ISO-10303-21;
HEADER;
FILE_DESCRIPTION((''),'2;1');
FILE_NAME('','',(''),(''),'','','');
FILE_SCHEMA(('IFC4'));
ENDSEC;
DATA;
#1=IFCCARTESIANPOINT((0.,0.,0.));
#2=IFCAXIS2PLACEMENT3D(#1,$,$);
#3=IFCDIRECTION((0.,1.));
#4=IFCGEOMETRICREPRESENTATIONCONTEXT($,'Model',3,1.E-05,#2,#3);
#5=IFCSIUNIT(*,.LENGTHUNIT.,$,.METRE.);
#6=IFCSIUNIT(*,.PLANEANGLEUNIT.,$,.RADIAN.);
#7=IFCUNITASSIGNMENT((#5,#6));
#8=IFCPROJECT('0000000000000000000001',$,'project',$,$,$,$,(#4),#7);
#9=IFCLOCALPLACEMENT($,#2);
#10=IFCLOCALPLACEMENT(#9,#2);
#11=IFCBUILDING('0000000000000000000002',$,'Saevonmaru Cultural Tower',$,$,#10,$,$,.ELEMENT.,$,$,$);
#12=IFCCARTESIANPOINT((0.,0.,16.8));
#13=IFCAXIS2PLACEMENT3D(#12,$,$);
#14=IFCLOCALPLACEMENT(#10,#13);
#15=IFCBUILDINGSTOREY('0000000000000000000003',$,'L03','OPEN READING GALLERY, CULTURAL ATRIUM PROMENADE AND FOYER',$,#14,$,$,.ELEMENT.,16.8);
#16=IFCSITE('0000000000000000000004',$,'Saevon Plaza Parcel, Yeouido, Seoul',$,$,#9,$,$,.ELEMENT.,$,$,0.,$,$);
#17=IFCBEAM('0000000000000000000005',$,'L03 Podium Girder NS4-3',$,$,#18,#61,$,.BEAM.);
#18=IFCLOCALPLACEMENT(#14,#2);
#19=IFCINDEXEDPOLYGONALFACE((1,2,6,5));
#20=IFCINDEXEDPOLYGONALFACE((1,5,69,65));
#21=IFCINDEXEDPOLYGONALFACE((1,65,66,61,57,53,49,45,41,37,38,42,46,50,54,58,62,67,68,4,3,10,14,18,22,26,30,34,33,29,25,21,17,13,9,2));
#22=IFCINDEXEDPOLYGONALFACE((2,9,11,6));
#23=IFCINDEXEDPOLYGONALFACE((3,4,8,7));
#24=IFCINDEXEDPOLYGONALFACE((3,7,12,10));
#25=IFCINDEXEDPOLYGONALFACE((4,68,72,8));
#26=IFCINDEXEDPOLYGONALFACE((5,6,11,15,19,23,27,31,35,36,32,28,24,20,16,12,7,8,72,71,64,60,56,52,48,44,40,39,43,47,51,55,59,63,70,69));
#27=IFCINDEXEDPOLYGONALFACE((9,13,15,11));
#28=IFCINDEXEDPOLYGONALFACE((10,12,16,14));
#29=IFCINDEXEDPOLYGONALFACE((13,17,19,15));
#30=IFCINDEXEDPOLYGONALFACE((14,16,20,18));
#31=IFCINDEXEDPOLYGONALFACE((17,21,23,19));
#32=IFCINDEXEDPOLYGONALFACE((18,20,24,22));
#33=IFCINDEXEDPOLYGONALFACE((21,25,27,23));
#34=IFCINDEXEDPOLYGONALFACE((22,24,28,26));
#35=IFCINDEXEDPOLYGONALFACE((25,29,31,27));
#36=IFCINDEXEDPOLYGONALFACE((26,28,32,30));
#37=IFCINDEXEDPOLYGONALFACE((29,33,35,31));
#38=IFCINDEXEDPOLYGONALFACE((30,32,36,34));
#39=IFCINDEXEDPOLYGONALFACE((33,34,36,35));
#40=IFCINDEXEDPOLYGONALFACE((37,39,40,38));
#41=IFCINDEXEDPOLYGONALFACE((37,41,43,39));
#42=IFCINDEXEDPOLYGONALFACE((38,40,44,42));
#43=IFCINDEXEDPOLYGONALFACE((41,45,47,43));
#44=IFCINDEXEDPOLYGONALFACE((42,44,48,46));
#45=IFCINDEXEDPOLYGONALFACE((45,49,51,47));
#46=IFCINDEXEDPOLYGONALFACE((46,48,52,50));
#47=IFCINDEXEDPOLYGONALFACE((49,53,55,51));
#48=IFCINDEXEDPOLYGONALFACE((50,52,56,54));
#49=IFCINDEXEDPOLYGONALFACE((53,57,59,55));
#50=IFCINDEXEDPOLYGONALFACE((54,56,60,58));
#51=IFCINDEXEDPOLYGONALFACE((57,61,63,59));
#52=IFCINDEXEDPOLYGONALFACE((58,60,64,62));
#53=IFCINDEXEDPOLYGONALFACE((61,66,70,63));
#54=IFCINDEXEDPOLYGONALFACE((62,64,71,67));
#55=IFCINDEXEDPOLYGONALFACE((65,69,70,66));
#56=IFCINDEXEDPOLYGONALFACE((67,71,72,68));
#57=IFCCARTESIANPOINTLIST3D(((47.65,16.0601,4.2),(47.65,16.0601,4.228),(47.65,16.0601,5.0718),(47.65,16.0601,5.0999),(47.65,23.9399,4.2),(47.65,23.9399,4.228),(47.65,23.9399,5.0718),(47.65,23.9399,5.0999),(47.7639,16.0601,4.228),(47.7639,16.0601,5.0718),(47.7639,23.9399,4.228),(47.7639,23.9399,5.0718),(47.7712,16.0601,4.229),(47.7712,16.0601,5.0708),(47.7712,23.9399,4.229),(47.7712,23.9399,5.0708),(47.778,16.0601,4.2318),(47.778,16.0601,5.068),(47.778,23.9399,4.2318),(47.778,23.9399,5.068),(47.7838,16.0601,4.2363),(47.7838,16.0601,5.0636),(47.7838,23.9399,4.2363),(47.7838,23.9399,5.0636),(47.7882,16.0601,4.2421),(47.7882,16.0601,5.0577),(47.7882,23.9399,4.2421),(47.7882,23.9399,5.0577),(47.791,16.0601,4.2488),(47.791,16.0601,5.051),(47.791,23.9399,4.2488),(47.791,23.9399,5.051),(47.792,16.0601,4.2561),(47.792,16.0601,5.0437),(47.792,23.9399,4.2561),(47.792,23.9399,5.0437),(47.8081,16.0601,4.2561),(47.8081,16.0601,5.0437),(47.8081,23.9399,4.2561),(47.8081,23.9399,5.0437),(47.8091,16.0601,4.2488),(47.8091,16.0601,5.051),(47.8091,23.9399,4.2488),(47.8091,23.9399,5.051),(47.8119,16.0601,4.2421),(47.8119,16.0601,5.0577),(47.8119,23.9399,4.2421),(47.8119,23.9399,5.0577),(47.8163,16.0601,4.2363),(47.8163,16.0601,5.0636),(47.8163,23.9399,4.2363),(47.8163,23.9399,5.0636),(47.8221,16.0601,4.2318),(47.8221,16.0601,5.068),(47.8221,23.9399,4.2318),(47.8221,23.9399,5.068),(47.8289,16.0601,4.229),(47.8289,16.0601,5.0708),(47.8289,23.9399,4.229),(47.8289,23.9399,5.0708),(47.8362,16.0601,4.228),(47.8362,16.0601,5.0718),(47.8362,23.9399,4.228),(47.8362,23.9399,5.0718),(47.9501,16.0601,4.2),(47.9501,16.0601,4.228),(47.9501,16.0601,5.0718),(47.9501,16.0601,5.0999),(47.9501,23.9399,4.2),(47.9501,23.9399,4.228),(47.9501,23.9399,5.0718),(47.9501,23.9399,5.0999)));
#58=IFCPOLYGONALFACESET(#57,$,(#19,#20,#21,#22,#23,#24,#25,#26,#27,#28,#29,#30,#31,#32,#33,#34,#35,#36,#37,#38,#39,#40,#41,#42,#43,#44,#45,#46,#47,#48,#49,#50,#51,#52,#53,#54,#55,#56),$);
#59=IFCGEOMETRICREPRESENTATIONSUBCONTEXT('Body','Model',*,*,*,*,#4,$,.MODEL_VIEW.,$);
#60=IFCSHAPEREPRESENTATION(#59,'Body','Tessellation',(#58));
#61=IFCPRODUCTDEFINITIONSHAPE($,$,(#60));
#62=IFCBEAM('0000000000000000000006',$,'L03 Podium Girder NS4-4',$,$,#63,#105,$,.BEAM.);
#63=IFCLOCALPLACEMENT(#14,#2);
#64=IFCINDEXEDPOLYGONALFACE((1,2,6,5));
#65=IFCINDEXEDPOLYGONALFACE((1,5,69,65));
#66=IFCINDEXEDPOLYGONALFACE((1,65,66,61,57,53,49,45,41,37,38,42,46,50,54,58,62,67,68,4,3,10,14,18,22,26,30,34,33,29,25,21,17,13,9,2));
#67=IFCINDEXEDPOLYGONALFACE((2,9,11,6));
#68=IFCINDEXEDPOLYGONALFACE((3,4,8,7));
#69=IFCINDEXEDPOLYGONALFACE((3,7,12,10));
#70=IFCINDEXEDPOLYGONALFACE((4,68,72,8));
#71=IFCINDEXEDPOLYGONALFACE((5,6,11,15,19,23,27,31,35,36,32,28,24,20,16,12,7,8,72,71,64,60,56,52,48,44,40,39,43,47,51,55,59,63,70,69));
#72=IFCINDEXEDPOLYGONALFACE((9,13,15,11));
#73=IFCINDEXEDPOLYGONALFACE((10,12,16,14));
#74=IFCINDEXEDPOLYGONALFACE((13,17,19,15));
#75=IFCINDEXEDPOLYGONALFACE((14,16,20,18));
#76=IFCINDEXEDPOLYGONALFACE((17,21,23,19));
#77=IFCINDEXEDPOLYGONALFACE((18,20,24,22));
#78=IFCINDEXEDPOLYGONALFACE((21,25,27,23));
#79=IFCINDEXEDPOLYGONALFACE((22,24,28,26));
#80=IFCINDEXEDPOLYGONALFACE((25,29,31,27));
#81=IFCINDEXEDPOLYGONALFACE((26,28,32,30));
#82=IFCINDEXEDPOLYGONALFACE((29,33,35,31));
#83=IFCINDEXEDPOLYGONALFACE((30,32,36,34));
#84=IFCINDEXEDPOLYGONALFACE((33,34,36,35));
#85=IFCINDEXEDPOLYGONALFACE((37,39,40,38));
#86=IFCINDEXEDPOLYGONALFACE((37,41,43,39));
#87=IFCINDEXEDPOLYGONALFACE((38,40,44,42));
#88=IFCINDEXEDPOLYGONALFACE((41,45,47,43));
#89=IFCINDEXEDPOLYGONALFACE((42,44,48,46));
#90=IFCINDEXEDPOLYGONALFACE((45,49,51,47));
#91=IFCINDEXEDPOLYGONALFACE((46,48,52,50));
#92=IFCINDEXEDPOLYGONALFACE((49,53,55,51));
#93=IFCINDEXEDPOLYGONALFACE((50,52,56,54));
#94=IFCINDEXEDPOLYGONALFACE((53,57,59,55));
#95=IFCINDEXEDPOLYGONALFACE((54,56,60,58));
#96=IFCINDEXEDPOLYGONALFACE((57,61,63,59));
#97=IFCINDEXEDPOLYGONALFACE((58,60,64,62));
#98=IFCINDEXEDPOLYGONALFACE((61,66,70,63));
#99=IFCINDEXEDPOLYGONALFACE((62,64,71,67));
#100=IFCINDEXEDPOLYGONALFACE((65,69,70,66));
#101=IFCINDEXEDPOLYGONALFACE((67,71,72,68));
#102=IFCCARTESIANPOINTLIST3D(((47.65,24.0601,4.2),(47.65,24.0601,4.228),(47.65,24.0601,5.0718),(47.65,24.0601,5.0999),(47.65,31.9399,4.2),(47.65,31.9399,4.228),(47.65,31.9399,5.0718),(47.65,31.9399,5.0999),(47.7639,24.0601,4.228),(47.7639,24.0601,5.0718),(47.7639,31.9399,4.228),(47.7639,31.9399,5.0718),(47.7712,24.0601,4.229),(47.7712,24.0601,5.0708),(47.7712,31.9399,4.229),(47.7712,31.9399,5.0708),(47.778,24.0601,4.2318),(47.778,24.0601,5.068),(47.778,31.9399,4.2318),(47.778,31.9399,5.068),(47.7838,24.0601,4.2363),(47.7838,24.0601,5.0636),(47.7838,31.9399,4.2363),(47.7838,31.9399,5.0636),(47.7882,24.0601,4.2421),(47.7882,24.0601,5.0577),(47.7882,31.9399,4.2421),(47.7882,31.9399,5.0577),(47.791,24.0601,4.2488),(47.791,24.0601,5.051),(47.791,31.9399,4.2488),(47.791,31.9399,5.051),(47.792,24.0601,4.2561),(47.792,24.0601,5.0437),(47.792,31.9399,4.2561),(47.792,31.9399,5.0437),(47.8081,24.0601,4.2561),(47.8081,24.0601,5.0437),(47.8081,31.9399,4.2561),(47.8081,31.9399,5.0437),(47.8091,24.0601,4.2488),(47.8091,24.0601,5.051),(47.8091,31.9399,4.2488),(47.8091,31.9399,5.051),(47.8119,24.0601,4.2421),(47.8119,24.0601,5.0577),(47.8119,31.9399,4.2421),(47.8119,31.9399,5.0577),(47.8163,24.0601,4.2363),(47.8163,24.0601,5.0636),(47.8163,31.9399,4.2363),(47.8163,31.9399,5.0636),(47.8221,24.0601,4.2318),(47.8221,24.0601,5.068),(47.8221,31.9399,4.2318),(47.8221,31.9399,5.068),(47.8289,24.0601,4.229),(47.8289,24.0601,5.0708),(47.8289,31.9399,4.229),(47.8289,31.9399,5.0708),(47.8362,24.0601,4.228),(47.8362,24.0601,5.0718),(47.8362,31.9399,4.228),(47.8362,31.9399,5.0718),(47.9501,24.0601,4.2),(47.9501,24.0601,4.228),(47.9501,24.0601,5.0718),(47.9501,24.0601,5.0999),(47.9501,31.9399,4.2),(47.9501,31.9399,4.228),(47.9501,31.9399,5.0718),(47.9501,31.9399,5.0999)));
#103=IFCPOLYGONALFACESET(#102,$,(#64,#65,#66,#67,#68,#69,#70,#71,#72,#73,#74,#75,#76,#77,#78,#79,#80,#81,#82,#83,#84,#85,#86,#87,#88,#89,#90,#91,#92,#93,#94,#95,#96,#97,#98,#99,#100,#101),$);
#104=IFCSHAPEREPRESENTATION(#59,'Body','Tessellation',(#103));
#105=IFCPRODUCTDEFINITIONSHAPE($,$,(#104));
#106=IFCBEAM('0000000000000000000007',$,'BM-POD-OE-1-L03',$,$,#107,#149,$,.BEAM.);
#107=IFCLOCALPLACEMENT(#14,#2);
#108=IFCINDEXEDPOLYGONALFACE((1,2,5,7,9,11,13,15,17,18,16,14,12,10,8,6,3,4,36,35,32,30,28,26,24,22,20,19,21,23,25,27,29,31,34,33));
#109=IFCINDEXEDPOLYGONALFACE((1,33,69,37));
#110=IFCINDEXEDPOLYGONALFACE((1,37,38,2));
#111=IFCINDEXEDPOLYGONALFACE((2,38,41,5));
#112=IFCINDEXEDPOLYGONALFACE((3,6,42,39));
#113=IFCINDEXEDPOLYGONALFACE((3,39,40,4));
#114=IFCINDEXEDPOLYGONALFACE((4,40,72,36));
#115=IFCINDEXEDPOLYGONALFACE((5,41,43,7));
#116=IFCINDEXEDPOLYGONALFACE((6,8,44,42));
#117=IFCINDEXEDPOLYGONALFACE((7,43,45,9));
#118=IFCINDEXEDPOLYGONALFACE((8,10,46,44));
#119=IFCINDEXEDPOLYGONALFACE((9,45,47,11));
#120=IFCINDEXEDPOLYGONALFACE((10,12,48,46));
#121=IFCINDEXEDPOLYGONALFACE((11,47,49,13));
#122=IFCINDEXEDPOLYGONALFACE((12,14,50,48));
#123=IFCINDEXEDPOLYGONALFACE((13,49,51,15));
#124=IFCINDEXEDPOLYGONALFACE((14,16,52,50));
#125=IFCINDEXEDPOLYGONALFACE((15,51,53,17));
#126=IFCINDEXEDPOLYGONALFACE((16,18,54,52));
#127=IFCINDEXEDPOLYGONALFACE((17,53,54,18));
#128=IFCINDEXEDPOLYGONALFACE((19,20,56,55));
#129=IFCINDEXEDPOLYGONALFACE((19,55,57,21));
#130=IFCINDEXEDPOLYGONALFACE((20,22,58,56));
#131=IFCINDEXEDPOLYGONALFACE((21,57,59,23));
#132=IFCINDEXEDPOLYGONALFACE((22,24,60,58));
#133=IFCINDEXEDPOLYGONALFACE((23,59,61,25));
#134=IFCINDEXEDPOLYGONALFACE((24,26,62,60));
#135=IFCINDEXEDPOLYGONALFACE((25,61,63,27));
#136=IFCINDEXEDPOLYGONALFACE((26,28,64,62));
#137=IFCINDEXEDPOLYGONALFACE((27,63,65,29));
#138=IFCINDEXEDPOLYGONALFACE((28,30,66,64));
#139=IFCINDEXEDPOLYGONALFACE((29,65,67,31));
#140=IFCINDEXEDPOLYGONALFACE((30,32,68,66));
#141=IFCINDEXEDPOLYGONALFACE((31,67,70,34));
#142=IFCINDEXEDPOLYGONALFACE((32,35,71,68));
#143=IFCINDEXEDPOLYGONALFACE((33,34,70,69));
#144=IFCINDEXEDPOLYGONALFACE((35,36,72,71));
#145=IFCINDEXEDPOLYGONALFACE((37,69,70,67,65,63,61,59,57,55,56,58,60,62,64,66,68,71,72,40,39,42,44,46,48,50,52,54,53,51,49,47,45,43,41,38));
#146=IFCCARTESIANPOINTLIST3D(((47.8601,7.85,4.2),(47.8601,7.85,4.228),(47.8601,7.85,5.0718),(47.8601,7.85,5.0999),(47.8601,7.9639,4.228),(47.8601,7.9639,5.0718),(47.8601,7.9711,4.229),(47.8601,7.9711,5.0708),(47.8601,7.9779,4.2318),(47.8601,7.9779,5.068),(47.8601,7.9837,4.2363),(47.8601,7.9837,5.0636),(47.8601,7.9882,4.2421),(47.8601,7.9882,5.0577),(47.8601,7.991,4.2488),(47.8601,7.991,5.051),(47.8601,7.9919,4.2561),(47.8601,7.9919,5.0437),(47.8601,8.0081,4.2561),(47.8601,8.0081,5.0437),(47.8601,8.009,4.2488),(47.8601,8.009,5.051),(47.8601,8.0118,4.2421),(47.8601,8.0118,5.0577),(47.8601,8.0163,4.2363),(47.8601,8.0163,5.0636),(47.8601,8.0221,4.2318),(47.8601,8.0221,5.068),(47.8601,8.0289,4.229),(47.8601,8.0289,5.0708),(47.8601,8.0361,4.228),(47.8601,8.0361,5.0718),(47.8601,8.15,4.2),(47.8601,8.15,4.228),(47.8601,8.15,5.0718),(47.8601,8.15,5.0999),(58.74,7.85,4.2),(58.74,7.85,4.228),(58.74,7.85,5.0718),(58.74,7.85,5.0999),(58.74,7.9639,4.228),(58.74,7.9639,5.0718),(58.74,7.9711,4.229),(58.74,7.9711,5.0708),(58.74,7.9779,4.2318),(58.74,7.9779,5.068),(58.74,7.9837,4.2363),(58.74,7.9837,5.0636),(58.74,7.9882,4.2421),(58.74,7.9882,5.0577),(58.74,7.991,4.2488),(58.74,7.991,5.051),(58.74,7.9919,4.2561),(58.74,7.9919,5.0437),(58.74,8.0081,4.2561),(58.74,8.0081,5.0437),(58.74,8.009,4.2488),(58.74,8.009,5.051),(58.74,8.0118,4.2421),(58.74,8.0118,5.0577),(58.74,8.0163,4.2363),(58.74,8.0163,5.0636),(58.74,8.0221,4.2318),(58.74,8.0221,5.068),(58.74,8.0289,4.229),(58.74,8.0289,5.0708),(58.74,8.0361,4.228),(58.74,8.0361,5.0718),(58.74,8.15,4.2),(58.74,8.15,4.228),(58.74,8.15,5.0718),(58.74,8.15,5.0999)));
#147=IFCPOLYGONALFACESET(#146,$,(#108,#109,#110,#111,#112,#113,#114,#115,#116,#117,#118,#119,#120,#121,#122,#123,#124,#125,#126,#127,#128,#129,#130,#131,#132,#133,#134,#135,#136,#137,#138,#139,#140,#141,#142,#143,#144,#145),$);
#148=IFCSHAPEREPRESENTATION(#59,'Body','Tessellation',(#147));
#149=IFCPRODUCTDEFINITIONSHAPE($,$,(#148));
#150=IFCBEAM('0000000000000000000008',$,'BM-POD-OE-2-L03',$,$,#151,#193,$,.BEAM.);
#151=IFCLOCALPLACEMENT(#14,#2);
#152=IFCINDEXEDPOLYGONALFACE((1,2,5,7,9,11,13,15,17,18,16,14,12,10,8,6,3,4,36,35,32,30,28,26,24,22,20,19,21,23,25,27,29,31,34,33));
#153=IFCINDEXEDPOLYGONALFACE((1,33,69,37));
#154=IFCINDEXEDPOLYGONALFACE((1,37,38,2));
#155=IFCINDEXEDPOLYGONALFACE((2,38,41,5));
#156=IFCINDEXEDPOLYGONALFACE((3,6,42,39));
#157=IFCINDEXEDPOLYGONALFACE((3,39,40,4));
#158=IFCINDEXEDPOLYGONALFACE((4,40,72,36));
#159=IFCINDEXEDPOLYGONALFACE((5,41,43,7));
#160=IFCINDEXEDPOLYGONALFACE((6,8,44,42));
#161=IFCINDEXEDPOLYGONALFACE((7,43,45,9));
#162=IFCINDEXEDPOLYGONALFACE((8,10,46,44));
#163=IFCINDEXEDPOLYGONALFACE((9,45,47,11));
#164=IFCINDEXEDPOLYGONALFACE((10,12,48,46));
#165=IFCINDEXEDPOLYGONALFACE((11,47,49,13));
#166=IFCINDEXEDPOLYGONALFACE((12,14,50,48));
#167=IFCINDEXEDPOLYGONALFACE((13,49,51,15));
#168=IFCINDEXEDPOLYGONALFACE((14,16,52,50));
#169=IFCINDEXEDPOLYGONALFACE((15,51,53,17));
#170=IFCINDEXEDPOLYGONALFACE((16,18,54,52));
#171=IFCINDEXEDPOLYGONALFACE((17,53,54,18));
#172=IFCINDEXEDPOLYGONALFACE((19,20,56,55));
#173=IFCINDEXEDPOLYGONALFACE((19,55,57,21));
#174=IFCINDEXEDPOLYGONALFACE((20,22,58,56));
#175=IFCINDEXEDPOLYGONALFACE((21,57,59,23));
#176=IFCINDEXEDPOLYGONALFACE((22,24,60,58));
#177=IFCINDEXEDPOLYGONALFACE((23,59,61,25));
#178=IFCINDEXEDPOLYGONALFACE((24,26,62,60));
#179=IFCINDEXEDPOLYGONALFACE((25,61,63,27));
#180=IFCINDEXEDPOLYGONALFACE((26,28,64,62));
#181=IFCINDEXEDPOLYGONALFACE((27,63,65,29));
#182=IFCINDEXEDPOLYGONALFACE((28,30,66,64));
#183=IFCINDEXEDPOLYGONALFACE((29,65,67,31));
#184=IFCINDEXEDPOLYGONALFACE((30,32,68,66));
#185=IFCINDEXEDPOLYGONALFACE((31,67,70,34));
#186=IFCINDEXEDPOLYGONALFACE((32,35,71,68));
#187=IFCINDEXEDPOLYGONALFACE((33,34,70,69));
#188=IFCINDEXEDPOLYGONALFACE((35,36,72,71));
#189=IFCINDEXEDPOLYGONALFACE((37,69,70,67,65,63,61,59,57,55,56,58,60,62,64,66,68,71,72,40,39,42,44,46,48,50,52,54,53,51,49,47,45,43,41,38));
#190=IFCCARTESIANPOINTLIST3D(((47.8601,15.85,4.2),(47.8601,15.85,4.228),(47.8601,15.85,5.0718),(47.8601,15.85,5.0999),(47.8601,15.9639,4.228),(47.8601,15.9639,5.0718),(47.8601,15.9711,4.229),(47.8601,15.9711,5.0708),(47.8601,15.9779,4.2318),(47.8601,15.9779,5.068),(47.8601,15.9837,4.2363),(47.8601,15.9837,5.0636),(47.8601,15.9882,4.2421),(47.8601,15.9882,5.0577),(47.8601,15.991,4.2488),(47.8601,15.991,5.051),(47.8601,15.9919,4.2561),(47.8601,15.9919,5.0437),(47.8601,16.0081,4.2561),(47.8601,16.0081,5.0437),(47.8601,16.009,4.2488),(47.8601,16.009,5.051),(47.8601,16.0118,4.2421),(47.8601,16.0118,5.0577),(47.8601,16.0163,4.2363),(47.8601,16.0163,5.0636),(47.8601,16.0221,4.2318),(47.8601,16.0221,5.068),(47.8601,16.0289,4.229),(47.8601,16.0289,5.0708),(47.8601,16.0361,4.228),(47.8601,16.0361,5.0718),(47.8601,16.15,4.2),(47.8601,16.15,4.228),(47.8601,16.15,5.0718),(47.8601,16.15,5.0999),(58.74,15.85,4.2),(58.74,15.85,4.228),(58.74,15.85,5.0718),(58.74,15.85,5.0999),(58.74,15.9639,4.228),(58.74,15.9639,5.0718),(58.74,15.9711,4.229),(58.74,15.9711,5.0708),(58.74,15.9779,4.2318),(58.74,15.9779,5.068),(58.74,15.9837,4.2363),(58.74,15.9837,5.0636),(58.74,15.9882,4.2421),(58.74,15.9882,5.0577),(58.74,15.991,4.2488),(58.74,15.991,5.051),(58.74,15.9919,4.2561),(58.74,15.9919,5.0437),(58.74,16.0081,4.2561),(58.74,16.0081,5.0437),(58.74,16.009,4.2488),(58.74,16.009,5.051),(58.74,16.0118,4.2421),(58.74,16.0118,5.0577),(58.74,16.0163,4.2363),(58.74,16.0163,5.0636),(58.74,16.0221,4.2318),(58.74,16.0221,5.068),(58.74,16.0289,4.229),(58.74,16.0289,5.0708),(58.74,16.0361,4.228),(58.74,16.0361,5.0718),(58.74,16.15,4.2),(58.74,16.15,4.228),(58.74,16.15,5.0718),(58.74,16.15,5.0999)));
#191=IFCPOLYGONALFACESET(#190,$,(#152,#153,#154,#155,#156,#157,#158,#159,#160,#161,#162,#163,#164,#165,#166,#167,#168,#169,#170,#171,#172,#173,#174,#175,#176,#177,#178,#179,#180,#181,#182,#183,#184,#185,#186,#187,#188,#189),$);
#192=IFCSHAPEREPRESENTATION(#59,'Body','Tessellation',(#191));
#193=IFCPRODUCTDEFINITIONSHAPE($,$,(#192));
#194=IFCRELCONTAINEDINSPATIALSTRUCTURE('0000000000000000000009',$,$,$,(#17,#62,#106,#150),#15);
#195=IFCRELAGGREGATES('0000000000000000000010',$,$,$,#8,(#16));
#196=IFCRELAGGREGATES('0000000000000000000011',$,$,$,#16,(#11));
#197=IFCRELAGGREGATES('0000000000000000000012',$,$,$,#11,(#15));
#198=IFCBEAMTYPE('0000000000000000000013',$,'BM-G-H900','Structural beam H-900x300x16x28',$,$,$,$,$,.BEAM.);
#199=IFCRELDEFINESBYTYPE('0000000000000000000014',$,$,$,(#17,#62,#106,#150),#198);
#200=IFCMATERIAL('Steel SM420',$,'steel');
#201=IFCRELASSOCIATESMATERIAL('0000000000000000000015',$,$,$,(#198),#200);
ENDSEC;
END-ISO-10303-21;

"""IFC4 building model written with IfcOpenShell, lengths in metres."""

from ifc_helpers import new_model, si_unit, direction, frame, origin, origin_2d, place, context, subcontext, project, spatial, i_section, extrude, material, material_profile, profile_set, type_object, element, save


model = new_model("IFC4")

# Units and contexts
model_context = context("Model", 3, precision=1e-05, world=origin(), true_north=direction((0.0, 1.0)))
body_context = subcontext(model_context, "Body", "Model", "MODEL_VIEW")
ifc_project = project(units=[si_unit("LENGTHUNIT", "METRE"), si_unit("PLANEANGLEUNIT", "RADIAN")], contexts=[model_context])

# Site, building, storey
site_placement = place(None, origin())
site = spatial("IfcSite", under=ifc_project, at=site_placement, Name="Saevon Plaza Parcel, Yeouido, Seoul", CompositionType="ELEMENT", RefElevation=0.0)
building_placement = place(site_placement, origin())
building = spatial("IfcBuilding", under=site, at=building_placement, Name="Saevonmaru Cultural Tower", CompositionType="ELEMENT")
storey_placement = place(building_placement, frame((0.0, 0.0, 16.8)))
storey = spatial("IfcBuildingStorey", under=building, at=storey_placement, Name="L03", Description="OPEN READING GALLERY, CULTURAL ATRIUM PROMENADE AND FOYER", CompositionType="ELEMENT", Elevation=16.8)

# Beams
ifc_material_1 = material(Name="Steel SM420", Category="steel")
ifc_material_profile_1 = material_profile(ifc_material_1, i_section(OverallWidth=0.3, OverallDepth=0.8999, WebThickness=0.0161, FlangeThickness=0.0281, FilletRadius=0.0281, at=origin_2d()), Name="H-900x300x16x28")
ifc_profile_set_1 = profile_set([ifc_material_profile_1], Name="Steel SM420")
beam_type_1 = type_object("IfcBeamType", Name="BM-G-H900", Description="Structural beam H-900x300x16x28", PredefinedType="BEAM", material=ifc_profile_set_1)
for number, where, z_axis, x_axis, name in (
    (1, (47.8, 16.0601, 4.6499), (0.0, 1.0, 0.0), (-1.0, 0.0, 0.0), "L03 Podium Girder NS4-3"),
    (2, (47.8, 24.0601, 4.6499), (0.0, 1.0, 0.0), (-1.0, 0.0, 0.0), "L03 Podium Girder NS4-4"),
):
    element("IfcBeam", number, at=place(storey_placement, frame(where, z_axis=z_axis, x_axis=x_axis)), inside=storey, type_object=beam_type_1, Name=name, PredefinedType="BEAM", context=body_context, shape_type="SweptSolid", body=[
        extrude(i_section(OverallWidth=0.3, OverallDepth=0.8999, WebThickness=0.0161, FlangeThickness=0.0281, FilletRadius=0.0281, at=origin_2d()), origin(), (0.0, 0.0, 1.0), 7.8799),
    ])
for number, where, z_axis, x_axis, name in (
    (3, (47.8601, 8.0, 4.6499), (1.0, 0.0, 0.0), (0.0, 1.0, 0.0), "BM-POD-OE-1-L03"),
    (4, (47.8601, 16.0, 4.6499), (1.0, 0.0, 0.0), (0.0, 1.0, 0.0), "BM-POD-OE-2-L03"),
):
    element("IfcBeam", number, at=place(storey_placement, frame(where, z_axis=z_axis, x_axis=x_axis)), inside=storey, type_object=beam_type_1, Name=name, PredefinedType="BEAM", context=body_context, shape_type="SweptSolid", body=[
        extrude(i_section(OverallWidth=0.3, OverallDepth=0.8999, WebThickness=0.0161, FlangeThickness=0.0281, FilletRadius=0.0281, at=origin_2d()), origin(), (0.0, 0.0, 1.0), 10.8799),
    ])

save(model, "model.ifc")
